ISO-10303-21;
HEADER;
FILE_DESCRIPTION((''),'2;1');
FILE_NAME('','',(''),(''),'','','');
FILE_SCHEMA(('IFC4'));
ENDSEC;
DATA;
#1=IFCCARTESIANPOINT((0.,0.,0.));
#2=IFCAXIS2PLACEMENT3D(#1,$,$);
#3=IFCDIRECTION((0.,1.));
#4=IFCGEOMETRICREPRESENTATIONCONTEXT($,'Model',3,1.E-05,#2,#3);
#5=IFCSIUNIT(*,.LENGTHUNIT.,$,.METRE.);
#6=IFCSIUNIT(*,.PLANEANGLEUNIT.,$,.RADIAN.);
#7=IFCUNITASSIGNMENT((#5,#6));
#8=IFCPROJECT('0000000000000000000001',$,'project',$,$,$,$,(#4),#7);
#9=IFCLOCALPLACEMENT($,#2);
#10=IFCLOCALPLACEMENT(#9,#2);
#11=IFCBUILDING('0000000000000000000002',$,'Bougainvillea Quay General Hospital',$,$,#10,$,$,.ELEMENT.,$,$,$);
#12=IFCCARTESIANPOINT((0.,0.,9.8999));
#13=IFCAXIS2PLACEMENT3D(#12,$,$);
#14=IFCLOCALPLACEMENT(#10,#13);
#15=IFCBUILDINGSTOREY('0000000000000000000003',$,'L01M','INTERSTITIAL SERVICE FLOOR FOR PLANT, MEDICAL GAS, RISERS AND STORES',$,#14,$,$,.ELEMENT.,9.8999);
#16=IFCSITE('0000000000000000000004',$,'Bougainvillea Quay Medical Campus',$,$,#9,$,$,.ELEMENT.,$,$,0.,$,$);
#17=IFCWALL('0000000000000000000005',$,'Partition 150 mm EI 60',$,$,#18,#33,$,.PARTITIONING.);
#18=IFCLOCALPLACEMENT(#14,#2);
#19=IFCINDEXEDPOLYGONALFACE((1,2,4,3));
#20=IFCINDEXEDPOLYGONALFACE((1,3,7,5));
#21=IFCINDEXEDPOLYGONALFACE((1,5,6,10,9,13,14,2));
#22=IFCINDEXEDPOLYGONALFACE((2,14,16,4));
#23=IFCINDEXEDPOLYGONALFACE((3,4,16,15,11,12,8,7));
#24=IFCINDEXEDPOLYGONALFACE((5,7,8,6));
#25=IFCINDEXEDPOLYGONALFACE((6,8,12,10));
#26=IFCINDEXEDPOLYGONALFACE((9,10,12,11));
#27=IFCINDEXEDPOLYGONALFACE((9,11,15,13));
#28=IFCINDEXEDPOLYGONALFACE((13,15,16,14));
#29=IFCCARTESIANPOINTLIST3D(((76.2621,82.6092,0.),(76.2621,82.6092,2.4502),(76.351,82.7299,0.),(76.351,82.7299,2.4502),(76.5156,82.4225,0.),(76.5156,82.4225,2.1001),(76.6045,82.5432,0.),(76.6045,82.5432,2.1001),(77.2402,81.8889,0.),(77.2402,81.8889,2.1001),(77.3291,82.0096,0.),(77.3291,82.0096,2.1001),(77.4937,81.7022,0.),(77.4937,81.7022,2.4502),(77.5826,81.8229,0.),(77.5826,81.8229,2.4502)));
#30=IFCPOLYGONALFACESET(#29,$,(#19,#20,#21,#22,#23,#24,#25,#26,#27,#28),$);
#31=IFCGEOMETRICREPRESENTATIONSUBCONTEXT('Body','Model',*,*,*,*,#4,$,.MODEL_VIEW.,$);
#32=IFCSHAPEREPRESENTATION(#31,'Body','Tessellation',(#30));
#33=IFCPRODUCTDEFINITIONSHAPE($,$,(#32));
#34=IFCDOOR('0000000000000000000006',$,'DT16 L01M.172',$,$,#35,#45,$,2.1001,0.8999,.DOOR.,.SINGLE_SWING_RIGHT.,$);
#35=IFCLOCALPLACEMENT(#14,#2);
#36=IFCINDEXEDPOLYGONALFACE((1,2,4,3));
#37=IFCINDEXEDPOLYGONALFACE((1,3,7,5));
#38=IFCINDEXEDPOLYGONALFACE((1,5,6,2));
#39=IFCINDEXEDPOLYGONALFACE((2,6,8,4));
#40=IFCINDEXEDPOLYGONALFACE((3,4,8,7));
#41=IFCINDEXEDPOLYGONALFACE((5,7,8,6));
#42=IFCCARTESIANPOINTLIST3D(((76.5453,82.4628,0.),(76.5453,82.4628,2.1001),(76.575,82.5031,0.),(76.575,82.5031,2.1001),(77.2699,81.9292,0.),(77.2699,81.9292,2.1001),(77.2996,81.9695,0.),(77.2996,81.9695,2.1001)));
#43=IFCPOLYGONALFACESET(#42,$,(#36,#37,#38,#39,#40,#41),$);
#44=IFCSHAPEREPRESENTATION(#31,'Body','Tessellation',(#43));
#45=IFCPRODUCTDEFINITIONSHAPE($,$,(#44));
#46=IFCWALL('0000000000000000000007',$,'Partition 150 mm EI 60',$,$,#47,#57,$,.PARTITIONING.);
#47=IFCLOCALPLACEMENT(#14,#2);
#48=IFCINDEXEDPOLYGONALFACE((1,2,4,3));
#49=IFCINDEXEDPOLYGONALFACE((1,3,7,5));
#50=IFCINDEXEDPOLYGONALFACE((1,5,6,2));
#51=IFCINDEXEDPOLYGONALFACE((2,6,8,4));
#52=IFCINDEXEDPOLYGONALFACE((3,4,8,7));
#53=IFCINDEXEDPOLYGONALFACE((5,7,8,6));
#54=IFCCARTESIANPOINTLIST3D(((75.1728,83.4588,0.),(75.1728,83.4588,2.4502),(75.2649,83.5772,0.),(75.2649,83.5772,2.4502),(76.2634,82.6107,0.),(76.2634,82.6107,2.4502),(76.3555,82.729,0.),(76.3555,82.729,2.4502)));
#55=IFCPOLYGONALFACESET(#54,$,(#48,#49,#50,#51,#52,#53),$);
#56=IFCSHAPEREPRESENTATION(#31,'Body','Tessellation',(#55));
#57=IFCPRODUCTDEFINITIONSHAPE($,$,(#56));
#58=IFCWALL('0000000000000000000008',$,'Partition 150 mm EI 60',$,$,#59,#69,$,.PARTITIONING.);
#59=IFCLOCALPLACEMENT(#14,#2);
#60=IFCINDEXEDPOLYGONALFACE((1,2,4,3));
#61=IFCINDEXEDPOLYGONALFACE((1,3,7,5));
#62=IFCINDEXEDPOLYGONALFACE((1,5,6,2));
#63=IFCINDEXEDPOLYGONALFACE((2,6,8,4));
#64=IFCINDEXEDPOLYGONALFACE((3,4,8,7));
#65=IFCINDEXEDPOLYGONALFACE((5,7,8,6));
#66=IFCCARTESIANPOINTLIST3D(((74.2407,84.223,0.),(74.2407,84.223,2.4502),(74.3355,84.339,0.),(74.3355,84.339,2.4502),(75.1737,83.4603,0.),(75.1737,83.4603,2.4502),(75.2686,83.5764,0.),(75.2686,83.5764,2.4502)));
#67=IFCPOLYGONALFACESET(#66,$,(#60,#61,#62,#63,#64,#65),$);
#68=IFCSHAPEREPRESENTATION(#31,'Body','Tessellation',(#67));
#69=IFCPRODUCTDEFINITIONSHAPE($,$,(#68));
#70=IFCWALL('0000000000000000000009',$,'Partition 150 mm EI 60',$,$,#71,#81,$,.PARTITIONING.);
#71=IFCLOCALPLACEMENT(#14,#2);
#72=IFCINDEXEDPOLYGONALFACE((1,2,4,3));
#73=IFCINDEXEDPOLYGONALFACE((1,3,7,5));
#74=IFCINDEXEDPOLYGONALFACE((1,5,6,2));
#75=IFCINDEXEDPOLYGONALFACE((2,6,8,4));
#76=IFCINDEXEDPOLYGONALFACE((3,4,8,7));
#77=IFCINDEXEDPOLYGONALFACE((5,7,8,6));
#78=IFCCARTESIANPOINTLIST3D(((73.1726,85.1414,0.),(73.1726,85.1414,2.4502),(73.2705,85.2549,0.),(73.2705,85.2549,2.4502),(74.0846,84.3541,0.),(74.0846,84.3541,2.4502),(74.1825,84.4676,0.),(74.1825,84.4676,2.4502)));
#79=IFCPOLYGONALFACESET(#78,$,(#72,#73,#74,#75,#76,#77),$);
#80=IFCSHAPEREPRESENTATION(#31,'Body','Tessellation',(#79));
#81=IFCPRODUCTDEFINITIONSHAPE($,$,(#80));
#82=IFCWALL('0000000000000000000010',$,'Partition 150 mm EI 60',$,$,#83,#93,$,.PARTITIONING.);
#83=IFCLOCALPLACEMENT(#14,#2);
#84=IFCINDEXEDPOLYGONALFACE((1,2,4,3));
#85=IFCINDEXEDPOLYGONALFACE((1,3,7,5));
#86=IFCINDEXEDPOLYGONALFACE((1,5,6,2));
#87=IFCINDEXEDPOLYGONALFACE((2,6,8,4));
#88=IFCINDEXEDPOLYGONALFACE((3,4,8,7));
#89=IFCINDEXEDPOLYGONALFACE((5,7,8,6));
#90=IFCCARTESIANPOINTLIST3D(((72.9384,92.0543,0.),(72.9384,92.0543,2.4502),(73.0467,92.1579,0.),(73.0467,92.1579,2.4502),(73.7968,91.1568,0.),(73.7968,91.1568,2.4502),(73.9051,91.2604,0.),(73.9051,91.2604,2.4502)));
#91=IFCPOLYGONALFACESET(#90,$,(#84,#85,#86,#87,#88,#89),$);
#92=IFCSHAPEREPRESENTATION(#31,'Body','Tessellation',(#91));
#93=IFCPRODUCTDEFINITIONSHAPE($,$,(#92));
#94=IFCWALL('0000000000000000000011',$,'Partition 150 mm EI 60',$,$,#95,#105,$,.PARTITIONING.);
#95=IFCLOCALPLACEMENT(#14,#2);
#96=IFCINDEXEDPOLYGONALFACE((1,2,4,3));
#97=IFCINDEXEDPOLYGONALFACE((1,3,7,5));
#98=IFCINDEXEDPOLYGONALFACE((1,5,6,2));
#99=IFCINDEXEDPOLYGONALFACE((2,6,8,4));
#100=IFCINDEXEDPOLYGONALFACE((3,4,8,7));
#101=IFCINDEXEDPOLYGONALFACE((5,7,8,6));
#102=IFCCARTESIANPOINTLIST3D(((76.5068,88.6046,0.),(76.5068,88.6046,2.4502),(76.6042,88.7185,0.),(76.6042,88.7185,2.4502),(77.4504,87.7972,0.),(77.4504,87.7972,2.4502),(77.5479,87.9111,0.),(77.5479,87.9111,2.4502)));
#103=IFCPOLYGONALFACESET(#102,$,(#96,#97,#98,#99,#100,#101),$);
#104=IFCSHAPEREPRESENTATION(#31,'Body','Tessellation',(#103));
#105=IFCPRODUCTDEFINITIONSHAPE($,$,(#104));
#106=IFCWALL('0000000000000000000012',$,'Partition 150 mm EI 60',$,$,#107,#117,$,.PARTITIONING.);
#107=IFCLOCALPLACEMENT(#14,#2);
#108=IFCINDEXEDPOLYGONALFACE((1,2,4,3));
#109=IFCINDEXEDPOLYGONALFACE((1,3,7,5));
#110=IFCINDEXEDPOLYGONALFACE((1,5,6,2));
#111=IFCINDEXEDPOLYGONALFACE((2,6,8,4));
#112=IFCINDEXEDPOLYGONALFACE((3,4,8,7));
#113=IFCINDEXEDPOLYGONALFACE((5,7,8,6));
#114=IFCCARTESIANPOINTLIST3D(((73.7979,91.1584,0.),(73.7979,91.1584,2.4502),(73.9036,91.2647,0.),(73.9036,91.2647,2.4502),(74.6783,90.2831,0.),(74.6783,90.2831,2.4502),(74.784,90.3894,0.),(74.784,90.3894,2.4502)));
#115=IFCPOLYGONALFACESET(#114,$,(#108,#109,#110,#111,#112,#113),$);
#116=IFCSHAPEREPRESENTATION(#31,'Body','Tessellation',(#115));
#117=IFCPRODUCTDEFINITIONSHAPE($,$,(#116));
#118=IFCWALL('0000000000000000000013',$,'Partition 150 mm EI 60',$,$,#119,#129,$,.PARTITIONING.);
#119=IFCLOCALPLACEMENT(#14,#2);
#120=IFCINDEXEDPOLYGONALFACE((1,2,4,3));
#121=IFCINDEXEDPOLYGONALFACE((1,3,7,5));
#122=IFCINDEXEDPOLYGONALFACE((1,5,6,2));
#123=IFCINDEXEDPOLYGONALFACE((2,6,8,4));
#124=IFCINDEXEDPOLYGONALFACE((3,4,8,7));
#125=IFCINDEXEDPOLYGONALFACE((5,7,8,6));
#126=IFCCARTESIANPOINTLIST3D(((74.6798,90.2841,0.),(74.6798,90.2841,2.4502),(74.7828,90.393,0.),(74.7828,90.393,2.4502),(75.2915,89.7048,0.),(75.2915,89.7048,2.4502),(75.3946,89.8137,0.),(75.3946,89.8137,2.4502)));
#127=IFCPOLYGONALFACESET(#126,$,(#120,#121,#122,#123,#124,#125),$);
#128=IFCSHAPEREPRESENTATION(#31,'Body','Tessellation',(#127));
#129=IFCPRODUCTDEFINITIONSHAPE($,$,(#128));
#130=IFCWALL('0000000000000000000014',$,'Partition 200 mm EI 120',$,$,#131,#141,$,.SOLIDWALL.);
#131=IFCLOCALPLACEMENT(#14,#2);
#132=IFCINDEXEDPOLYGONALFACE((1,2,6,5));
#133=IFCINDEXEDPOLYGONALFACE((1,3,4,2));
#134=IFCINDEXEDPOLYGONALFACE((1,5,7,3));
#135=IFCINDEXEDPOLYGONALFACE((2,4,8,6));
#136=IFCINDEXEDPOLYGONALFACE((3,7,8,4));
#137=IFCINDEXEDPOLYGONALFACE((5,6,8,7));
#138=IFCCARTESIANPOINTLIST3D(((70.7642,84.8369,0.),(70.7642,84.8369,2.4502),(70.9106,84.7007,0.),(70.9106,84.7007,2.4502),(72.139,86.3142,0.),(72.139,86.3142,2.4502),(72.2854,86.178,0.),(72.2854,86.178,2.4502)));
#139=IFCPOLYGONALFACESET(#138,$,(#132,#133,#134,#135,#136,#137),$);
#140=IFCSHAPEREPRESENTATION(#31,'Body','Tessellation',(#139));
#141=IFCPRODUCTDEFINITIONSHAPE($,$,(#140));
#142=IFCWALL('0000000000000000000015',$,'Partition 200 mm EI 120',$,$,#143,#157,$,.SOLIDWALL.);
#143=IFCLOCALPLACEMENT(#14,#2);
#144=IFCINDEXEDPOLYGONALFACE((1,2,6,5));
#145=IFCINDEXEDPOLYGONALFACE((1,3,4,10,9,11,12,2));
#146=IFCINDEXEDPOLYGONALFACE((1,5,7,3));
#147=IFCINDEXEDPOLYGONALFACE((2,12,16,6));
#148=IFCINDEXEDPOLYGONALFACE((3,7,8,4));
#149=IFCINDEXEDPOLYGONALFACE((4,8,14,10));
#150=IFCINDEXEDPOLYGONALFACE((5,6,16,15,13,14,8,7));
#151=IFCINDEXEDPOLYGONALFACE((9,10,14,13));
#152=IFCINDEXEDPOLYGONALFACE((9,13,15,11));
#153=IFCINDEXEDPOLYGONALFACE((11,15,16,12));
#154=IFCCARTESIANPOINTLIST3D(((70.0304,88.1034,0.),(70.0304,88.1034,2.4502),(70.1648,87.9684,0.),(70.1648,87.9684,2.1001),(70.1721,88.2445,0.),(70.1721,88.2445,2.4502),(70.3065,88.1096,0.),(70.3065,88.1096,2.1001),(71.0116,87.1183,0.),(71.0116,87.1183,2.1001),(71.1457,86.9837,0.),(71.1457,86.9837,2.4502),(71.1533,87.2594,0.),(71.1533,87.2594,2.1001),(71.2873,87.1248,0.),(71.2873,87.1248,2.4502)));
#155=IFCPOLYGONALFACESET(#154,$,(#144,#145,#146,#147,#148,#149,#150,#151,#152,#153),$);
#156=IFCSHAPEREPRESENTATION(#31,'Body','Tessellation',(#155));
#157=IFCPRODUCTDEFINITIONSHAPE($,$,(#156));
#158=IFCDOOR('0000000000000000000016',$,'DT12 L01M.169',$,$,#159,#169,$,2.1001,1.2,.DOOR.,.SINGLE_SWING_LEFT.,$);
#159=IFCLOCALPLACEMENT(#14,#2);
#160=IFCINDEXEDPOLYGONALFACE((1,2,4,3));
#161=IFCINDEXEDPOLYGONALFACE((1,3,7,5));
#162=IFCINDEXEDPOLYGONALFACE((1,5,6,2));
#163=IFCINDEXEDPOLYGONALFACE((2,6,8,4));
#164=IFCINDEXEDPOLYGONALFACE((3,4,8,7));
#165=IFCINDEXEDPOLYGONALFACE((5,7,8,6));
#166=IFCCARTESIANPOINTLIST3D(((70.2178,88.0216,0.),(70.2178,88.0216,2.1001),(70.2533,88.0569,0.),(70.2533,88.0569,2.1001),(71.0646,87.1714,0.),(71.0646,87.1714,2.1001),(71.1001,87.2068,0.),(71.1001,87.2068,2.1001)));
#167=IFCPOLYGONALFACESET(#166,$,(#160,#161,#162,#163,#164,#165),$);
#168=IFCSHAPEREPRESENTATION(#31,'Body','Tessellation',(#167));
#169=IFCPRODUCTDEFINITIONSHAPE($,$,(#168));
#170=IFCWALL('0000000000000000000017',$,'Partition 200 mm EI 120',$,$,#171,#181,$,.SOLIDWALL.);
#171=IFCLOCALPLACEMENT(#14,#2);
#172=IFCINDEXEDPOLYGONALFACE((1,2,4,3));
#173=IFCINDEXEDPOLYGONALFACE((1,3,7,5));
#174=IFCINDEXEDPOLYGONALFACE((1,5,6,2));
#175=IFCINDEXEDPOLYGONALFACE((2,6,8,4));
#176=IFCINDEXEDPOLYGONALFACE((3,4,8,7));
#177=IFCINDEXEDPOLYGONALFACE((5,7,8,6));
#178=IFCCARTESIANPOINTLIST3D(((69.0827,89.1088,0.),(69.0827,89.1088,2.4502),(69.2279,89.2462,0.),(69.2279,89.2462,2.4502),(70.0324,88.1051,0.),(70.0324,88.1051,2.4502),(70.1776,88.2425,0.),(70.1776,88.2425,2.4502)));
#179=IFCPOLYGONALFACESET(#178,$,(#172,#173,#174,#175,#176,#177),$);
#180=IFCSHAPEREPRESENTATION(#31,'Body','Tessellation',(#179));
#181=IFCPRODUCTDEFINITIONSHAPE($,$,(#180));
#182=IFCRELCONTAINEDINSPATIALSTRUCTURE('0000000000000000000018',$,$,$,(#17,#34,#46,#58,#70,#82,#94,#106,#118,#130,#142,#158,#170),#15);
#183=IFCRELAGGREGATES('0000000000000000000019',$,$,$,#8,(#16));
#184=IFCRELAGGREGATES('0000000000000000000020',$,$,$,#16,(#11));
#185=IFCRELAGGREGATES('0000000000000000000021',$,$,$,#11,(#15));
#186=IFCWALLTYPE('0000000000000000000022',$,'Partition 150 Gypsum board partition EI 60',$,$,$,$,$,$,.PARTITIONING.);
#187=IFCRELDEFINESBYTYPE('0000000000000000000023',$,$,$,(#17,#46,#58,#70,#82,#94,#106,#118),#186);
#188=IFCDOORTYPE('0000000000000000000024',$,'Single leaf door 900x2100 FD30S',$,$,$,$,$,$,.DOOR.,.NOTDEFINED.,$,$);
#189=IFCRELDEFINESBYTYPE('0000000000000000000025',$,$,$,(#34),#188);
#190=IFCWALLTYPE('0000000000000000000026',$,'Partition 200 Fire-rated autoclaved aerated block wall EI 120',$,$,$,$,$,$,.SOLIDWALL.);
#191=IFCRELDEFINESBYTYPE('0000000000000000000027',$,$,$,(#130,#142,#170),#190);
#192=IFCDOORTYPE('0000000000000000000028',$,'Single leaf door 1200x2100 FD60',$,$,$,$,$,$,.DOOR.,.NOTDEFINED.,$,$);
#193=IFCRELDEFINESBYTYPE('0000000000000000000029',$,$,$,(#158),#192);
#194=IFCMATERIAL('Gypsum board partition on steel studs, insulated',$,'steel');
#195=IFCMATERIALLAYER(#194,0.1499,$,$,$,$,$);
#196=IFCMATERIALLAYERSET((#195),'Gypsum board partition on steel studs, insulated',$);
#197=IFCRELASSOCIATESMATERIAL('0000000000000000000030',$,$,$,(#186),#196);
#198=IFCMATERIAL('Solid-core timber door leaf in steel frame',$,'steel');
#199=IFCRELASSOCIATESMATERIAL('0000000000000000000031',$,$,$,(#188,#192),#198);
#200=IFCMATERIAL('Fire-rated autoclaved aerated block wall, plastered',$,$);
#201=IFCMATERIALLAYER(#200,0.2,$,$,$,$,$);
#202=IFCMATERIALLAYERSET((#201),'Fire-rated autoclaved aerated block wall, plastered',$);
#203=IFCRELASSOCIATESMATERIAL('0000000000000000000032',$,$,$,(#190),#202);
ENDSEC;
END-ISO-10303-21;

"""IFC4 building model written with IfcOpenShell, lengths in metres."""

from ifc_helpers import new_model, si_unit, direction, frame, frame_2d, origin, place, context, subcontext, project, spatial, rectangle, extrude, material, layer, layer_set, type_object, element, fill, save


model = new_model("IFC4")

# Units and contexts
model_context = context("Model", 3, precision=1e-05, world=origin(), true_north=direction((0.0, 1.0)))
body_context = subcontext(model_context, "Body", "Model", "MODEL_VIEW")
ifc_project = project(units=[si_unit("LENGTHUNIT", "METRE"), si_unit("PLANEANGLEUNIT", "RADIAN")], contexts=[model_context])

# Site, building, storey
site_placement = place(None, origin())
site = spatial("IfcSite", under=ifc_project, at=site_placement, Name="Bougainvillea Quay Medical Campus", CompositionType="ELEMENT", RefElevation=0.0)
building_placement = place(site_placement, origin())
building = spatial("IfcBuilding", under=site, at=building_placement, Name="Bougainvillea Quay General Hospital", CompositionType="ELEMENT")
storey_placement = place(building_placement, frame((0.0, 0.0, 9.8999)))
storey = spatial("IfcBuildingStorey", under=building, at=storey_placement, Name="L01M", Description="INTERSTITIAL SERVICE FLOOR FOR PLANT, MEDICAL GAS, RISERS AND STORES", CompositionType="ELEMENT", Elevation=9.8999)

# Wall, opening, door
ifc_material_1 = material(Name="Gypsum board partition on steel studs, insulated", Category="steel")
ifc_layer_1 = layer(ifc_material_1, 0.1499)
ifc_layer_set_1 = layer_set([ifc_layer_1], Name="Gypsum board partition on steel studs, insulated")
wall_type_1 = type_object("IfcWallType", Name="Partition 150 Gypsum board partition EI 60", PredefinedType="PARTITIONING", material=ifc_layer_set_1)
ifc_material_2 = material(Name="Solid-core timber door leaf in steel frame", Category="steel")
door_type_1 = type_object("IfcDoorType", Name="Single leaf door 900x2100 FD30S", OperationType="NOTDEFINED", PredefinedType="DOOR", material=ifc_material_2)
wall_1_placement = place(storey_placement, frame((76.3066, 82.6694, 0.0), z_axis=(0.0, 0.0, 1.0), x_axis=(0.805236, -0.592954, 0.0)))
wall_1 = element("IfcWall", 1, at=wall_1_placement, inside=storey, type_object=wall_type_1, Name="Partition 150 mm EI 60", PredefinedType="PARTITIONING", context=body_context, shape_type="SweptSolid", body=[
    extrude(rectangle(XDim=1.5295, YDim=0.1499, at=frame_2d((0.7646, 0.0))), origin(), (0.0, 0.0, 1.0), 2.4502),
])
opening_1_placement = place(wall_1_placement, frame((0.3147, 0.0, 0.0)))
opening_1 = element("IfcOpeningElement", 2, at=opening_1_placement, cuts=wall_1, PredefinedType="OPENING", context=body_context, shape_type="SweptSolid", body=[
    extrude(rectangle(XDim=0.8999, YDim=2.1001, at=frame_2d((0.45, 1.05))), frame((0.0, 0.085, 0.0), z_axis=(0.0, -1.0, 0.0), x_axis=(1.0, 0.0, 0.0)), (0.0, 0.0, 1.0), 0.1699),
])
door_1_placement = place(opening_1_placement, frame((0.8999, 0.0, 0.0), z_axis=(0.0, 0.0, 1.0), x_axis=(-1.0, 0.0, 0.0)))
door_1 = element("IfcDoor", 3, at=door_1_placement, inside=storey, type_object=door_type_1, Name="DT16 L01M.172", OperationType="SINGLE_SWING_RIGHT", OverallHeight=2.1001, OverallWidth=0.8999, PredefinedType="DOOR", context=body_context, shape_type="SweptSolid", body=[
    extrude(rectangle(XDim=0.8999, YDim=2.1001, at=frame_2d((0.45, 1.05))), frame((0.0, 0.0249, 0.0), z_axis=(0.0, -1.0, 0.0), x_axis=(1.0, 0.0, 0.0)), (0.0, 0.0, 1.0), 0.05),
])
fill(opening_1, door_1)

# Walls
wall_2_placement = place(storey_placement, frame((75.2188, 83.5181, 0.0), z_axis=(0.0, 0.0, 1.0), x_axis=(0.789381, -0.613904, 0.0)))
element("IfcWall", 4, at=wall_2_placement, inside=storey, type_object=wall_type_1, Name="Partition 150 mm EI 60", PredefinedType="PARTITIONING", context=body_context, shape_type="SweptSolid", body=[
    extrude(rectangle(XDim=1.3816, YDim=0.1499, at=frame_2d((0.6909, 0.0))), origin(), (0.0, 0.0, 1.0), 2.4502),
])
wall_3_placement = place(storey_placement, frame((74.2881, 84.281, 0.0), z_axis=(0.0, 0.0, 1.0), x_axis=(0.774264, -0.632863, 0.0)))
element("IfcWall", 5, at=wall_3_placement, inside=storey, type_object=wall_type_1, Name="Partition 150 mm EI 60", PredefinedType="PARTITIONING", context=body_context, shape_type="SweptSolid", body=[
    extrude(rectangle(XDim=1.2051, YDim=0.1499, at=frame_2d((0.6025, 0.0))), origin(), (0.0, 0.0, 1.0), 2.4502),
])
wall_4_placement = place(storey_placement, frame((73.2214, 85.1982, 0.0), z_axis=(0.0, 0.0, 1.0), x_axis=(0.756978, -0.65344, 0.0)))
element("IfcWall", 6, at=wall_4_placement, inside=storey, type_object=wall_type_1, Name="Partition 150 mm EI 60", PredefinedType="PARTITIONING", context=body_context, shape_type="SweptSolid", body=[
    extrude(rectangle(XDim=1.2048, YDim=0.1499, at=frame_2d((0.6025, 0.0))), origin(), (0.0, 0.0, 1.0), 2.4502),
])
for number, where, z_axis, x_axis, name in (
    (7, (72.9924, 92.1062, 0.0), (0.0, 0.0, 1.0), (0.691205, -0.722659, 0.0), "Partition 150 mm EI 60"),
    (8, (76.5554, 88.6616, 0.0), (0.0, 0.0, 1.0), (0.759825, -0.650127, 0.0), "Partition 150 mm EI 60"),
):
    element("IfcWall", number, at=place(storey_placement, frame(where, z_axis=z_axis, x_axis=x_axis)), inside=storey, type_object=wall_type_1, Name=name, PredefinedType="PARTITIONING", context=body_context, shape_type="SweptSolid", body=[
        extrude(rectangle(XDim=1.2419, YDim=0.1499, at=frame_2d((0.6211, 0.0))), origin(), (0.0, 0.0, 1.0), 2.4502),
    ])
wall_5_placement = place(storey_placement, frame((73.8508, 91.2114, 0.0), z_axis=(0.0, 0.0, 1.0), x_axis=(0.709169, -0.705039, 0.0)))
element("IfcWall", 9, at=wall_5_placement, inside=storey, type_object=wall_type_1, Name="Partition 150 mm EI 60", PredefinedType="PARTITIONING", context=body_context, shape_type="SweptSolid", body=[
    extrude(rectangle(XDim=1.2415, YDim=0.1499, at=frame_2d((0.6206, 0.0))), origin(), (0.0, 0.0, 1.0), 2.4502),
])
wall_6_placement = place(storey_placement, frame((74.7312, 90.3386, 0.0), z_axis=(0.0, 0.0, 1.0), x_axis=(0.726113, -0.687576, 0.0)))
element("IfcWall", 10, at=wall_6_placement, inside=storey, type_object=wall_type_1, Name="Partition 150 mm EI 60", PredefinedType="PARTITIONING", context=body_context, shape_type="SweptSolid", body=[
    extrude(rectangle(XDim=0.8425, YDim=0.1499, at=frame_2d((0.4214, 0.0))), origin(), (0.0, 0.0, 1.0), 2.4502),
])
ifc_material_3 = material(Name="Fire-rated autoclaved aerated block wall, plastered")
ifc_layer_2 = layer(ifc_material_3, 0.2)
ifc_layer_set_2 = layer_set([ifc_layer_2], Name="Fire-rated autoclaved aerated block wall, plastered")
wall_type_2 = type_object("IfcWallType", Name="Partition 200 Fire-rated autoclaved aerated block wall EI 120", PredefinedType="SOLIDWALL", material=ifc_layer_set_2)
wall_7_placement = place(storey_placement, frame((70.8374, 84.7688, 0.0), z_axis=(0.0, 0.0, 1.0), x_axis=(0.681244, 0.732056, 0.0)))
element("IfcWall", 11, at=wall_7_placement, inside=storey, type_object=wall_type_2, Name="Partition 200 mm EI 120", PredefinedType="SOLIDWALL", context=body_context, shape_type="SweptSolid", body=[
    extrude(rectangle(XDim=2.0181, YDim=0.2, at=frame_2d((1.009, 0.0))), origin(), (0.0, 0.0, 1.0), 2.4502),
])

# Wall, opening, door
wall_8_placement = place(storey_placement, frame((70.1013, 88.1738, 0.0), z_axis=(0.0, 0.0, 1.0), x_axis=(0.705715, -0.708496, 0.0)))
wall_8 = element("IfcWall", 12, at=wall_8_placement, inside=storey, type_object=wall_type_2, Name="Partition 200 mm EI 120", PredefinedType="SOLIDWALL", context=body_context, shape_type="SweptSolid", body=[
    extrude(rectangle(XDim=1.5803, YDim=0.2, at=frame_2d((0.79, 0.0))), origin(), (0.0, 0.0, 1.0), 2.4502),
])
opening_2_placement = place(wall_8_placement, frame((0.1902, 0.0, 0.0)))
opening_2 = element("IfcOpeningElement", 13, at=opening_2_placement, cuts=wall_8, PredefinedType="OPENING", context=body_context, shape_type="SweptSolid", body=[
    extrude(rectangle(XDim=1.2, YDim=2.1001, at=frame_2d((0.6001, 1.05))), frame((0.0, 0.1099, 0.0), z_axis=(0.0, -1.0, 0.0), x_axis=(1.0, 0.0, 0.0)), (0.0, 0.0, 1.0), 0.22),
])
door_type_2 = type_object("IfcDoorType", Name="Single leaf door 1200x2100 FD60", OperationType="NOTDEFINED", PredefinedType="DOOR", material=ifc_material_2)
door_2_placement = place(opening_2_placement, frame((1.2, 0.0, 0.0), z_axis=(0.0, 0.0, 1.0), x_axis=(-1.0, 0.0, 0.0)))
door_2 = element("IfcDoor", 14, at=door_2_placement, inside=storey, type_object=door_type_2, Name="DT12 L01M.169", OperationType="SINGLE_SWING_LEFT", OverallHeight=2.1001, OverallWidth=1.2, PredefinedType="DOOR", context=body_context, shape_type="SweptSolid", body=[
    extrude(rectangle(XDim=1.2, YDim=2.1001, at=frame_2d((0.6001, 1.05))), frame((0.0, 0.0249, 0.0), z_axis=(0.0, -1.0, 0.0), x_axis=(1.0, 0.0, 0.0)), (0.0, 0.0, 1.0), 0.05),
])
fill(opening_2, door_2)

# Wall
wall_9_placement = place(storey_placement, frame((69.1553, 89.1775, 0.0), z_axis=(0.0, 0.0, 1.0), x_axis=(0.687313, -0.726361, 0.0)))
element("IfcWall", 15, at=wall_9_placement, inside=storey, type_object=wall_type_2, Name="Partition 200 mm EI 120", PredefinedType="SOLIDWALL", context=body_context, shape_type="SweptSolid", body=[
    extrude(rectangle(XDim=1.3818, YDim=0.2, at=frame_2d((0.6909, 0.0))), origin(), (0.0, 0.0, 1.0), 2.4502),
])

save(model, "model.ifc")
